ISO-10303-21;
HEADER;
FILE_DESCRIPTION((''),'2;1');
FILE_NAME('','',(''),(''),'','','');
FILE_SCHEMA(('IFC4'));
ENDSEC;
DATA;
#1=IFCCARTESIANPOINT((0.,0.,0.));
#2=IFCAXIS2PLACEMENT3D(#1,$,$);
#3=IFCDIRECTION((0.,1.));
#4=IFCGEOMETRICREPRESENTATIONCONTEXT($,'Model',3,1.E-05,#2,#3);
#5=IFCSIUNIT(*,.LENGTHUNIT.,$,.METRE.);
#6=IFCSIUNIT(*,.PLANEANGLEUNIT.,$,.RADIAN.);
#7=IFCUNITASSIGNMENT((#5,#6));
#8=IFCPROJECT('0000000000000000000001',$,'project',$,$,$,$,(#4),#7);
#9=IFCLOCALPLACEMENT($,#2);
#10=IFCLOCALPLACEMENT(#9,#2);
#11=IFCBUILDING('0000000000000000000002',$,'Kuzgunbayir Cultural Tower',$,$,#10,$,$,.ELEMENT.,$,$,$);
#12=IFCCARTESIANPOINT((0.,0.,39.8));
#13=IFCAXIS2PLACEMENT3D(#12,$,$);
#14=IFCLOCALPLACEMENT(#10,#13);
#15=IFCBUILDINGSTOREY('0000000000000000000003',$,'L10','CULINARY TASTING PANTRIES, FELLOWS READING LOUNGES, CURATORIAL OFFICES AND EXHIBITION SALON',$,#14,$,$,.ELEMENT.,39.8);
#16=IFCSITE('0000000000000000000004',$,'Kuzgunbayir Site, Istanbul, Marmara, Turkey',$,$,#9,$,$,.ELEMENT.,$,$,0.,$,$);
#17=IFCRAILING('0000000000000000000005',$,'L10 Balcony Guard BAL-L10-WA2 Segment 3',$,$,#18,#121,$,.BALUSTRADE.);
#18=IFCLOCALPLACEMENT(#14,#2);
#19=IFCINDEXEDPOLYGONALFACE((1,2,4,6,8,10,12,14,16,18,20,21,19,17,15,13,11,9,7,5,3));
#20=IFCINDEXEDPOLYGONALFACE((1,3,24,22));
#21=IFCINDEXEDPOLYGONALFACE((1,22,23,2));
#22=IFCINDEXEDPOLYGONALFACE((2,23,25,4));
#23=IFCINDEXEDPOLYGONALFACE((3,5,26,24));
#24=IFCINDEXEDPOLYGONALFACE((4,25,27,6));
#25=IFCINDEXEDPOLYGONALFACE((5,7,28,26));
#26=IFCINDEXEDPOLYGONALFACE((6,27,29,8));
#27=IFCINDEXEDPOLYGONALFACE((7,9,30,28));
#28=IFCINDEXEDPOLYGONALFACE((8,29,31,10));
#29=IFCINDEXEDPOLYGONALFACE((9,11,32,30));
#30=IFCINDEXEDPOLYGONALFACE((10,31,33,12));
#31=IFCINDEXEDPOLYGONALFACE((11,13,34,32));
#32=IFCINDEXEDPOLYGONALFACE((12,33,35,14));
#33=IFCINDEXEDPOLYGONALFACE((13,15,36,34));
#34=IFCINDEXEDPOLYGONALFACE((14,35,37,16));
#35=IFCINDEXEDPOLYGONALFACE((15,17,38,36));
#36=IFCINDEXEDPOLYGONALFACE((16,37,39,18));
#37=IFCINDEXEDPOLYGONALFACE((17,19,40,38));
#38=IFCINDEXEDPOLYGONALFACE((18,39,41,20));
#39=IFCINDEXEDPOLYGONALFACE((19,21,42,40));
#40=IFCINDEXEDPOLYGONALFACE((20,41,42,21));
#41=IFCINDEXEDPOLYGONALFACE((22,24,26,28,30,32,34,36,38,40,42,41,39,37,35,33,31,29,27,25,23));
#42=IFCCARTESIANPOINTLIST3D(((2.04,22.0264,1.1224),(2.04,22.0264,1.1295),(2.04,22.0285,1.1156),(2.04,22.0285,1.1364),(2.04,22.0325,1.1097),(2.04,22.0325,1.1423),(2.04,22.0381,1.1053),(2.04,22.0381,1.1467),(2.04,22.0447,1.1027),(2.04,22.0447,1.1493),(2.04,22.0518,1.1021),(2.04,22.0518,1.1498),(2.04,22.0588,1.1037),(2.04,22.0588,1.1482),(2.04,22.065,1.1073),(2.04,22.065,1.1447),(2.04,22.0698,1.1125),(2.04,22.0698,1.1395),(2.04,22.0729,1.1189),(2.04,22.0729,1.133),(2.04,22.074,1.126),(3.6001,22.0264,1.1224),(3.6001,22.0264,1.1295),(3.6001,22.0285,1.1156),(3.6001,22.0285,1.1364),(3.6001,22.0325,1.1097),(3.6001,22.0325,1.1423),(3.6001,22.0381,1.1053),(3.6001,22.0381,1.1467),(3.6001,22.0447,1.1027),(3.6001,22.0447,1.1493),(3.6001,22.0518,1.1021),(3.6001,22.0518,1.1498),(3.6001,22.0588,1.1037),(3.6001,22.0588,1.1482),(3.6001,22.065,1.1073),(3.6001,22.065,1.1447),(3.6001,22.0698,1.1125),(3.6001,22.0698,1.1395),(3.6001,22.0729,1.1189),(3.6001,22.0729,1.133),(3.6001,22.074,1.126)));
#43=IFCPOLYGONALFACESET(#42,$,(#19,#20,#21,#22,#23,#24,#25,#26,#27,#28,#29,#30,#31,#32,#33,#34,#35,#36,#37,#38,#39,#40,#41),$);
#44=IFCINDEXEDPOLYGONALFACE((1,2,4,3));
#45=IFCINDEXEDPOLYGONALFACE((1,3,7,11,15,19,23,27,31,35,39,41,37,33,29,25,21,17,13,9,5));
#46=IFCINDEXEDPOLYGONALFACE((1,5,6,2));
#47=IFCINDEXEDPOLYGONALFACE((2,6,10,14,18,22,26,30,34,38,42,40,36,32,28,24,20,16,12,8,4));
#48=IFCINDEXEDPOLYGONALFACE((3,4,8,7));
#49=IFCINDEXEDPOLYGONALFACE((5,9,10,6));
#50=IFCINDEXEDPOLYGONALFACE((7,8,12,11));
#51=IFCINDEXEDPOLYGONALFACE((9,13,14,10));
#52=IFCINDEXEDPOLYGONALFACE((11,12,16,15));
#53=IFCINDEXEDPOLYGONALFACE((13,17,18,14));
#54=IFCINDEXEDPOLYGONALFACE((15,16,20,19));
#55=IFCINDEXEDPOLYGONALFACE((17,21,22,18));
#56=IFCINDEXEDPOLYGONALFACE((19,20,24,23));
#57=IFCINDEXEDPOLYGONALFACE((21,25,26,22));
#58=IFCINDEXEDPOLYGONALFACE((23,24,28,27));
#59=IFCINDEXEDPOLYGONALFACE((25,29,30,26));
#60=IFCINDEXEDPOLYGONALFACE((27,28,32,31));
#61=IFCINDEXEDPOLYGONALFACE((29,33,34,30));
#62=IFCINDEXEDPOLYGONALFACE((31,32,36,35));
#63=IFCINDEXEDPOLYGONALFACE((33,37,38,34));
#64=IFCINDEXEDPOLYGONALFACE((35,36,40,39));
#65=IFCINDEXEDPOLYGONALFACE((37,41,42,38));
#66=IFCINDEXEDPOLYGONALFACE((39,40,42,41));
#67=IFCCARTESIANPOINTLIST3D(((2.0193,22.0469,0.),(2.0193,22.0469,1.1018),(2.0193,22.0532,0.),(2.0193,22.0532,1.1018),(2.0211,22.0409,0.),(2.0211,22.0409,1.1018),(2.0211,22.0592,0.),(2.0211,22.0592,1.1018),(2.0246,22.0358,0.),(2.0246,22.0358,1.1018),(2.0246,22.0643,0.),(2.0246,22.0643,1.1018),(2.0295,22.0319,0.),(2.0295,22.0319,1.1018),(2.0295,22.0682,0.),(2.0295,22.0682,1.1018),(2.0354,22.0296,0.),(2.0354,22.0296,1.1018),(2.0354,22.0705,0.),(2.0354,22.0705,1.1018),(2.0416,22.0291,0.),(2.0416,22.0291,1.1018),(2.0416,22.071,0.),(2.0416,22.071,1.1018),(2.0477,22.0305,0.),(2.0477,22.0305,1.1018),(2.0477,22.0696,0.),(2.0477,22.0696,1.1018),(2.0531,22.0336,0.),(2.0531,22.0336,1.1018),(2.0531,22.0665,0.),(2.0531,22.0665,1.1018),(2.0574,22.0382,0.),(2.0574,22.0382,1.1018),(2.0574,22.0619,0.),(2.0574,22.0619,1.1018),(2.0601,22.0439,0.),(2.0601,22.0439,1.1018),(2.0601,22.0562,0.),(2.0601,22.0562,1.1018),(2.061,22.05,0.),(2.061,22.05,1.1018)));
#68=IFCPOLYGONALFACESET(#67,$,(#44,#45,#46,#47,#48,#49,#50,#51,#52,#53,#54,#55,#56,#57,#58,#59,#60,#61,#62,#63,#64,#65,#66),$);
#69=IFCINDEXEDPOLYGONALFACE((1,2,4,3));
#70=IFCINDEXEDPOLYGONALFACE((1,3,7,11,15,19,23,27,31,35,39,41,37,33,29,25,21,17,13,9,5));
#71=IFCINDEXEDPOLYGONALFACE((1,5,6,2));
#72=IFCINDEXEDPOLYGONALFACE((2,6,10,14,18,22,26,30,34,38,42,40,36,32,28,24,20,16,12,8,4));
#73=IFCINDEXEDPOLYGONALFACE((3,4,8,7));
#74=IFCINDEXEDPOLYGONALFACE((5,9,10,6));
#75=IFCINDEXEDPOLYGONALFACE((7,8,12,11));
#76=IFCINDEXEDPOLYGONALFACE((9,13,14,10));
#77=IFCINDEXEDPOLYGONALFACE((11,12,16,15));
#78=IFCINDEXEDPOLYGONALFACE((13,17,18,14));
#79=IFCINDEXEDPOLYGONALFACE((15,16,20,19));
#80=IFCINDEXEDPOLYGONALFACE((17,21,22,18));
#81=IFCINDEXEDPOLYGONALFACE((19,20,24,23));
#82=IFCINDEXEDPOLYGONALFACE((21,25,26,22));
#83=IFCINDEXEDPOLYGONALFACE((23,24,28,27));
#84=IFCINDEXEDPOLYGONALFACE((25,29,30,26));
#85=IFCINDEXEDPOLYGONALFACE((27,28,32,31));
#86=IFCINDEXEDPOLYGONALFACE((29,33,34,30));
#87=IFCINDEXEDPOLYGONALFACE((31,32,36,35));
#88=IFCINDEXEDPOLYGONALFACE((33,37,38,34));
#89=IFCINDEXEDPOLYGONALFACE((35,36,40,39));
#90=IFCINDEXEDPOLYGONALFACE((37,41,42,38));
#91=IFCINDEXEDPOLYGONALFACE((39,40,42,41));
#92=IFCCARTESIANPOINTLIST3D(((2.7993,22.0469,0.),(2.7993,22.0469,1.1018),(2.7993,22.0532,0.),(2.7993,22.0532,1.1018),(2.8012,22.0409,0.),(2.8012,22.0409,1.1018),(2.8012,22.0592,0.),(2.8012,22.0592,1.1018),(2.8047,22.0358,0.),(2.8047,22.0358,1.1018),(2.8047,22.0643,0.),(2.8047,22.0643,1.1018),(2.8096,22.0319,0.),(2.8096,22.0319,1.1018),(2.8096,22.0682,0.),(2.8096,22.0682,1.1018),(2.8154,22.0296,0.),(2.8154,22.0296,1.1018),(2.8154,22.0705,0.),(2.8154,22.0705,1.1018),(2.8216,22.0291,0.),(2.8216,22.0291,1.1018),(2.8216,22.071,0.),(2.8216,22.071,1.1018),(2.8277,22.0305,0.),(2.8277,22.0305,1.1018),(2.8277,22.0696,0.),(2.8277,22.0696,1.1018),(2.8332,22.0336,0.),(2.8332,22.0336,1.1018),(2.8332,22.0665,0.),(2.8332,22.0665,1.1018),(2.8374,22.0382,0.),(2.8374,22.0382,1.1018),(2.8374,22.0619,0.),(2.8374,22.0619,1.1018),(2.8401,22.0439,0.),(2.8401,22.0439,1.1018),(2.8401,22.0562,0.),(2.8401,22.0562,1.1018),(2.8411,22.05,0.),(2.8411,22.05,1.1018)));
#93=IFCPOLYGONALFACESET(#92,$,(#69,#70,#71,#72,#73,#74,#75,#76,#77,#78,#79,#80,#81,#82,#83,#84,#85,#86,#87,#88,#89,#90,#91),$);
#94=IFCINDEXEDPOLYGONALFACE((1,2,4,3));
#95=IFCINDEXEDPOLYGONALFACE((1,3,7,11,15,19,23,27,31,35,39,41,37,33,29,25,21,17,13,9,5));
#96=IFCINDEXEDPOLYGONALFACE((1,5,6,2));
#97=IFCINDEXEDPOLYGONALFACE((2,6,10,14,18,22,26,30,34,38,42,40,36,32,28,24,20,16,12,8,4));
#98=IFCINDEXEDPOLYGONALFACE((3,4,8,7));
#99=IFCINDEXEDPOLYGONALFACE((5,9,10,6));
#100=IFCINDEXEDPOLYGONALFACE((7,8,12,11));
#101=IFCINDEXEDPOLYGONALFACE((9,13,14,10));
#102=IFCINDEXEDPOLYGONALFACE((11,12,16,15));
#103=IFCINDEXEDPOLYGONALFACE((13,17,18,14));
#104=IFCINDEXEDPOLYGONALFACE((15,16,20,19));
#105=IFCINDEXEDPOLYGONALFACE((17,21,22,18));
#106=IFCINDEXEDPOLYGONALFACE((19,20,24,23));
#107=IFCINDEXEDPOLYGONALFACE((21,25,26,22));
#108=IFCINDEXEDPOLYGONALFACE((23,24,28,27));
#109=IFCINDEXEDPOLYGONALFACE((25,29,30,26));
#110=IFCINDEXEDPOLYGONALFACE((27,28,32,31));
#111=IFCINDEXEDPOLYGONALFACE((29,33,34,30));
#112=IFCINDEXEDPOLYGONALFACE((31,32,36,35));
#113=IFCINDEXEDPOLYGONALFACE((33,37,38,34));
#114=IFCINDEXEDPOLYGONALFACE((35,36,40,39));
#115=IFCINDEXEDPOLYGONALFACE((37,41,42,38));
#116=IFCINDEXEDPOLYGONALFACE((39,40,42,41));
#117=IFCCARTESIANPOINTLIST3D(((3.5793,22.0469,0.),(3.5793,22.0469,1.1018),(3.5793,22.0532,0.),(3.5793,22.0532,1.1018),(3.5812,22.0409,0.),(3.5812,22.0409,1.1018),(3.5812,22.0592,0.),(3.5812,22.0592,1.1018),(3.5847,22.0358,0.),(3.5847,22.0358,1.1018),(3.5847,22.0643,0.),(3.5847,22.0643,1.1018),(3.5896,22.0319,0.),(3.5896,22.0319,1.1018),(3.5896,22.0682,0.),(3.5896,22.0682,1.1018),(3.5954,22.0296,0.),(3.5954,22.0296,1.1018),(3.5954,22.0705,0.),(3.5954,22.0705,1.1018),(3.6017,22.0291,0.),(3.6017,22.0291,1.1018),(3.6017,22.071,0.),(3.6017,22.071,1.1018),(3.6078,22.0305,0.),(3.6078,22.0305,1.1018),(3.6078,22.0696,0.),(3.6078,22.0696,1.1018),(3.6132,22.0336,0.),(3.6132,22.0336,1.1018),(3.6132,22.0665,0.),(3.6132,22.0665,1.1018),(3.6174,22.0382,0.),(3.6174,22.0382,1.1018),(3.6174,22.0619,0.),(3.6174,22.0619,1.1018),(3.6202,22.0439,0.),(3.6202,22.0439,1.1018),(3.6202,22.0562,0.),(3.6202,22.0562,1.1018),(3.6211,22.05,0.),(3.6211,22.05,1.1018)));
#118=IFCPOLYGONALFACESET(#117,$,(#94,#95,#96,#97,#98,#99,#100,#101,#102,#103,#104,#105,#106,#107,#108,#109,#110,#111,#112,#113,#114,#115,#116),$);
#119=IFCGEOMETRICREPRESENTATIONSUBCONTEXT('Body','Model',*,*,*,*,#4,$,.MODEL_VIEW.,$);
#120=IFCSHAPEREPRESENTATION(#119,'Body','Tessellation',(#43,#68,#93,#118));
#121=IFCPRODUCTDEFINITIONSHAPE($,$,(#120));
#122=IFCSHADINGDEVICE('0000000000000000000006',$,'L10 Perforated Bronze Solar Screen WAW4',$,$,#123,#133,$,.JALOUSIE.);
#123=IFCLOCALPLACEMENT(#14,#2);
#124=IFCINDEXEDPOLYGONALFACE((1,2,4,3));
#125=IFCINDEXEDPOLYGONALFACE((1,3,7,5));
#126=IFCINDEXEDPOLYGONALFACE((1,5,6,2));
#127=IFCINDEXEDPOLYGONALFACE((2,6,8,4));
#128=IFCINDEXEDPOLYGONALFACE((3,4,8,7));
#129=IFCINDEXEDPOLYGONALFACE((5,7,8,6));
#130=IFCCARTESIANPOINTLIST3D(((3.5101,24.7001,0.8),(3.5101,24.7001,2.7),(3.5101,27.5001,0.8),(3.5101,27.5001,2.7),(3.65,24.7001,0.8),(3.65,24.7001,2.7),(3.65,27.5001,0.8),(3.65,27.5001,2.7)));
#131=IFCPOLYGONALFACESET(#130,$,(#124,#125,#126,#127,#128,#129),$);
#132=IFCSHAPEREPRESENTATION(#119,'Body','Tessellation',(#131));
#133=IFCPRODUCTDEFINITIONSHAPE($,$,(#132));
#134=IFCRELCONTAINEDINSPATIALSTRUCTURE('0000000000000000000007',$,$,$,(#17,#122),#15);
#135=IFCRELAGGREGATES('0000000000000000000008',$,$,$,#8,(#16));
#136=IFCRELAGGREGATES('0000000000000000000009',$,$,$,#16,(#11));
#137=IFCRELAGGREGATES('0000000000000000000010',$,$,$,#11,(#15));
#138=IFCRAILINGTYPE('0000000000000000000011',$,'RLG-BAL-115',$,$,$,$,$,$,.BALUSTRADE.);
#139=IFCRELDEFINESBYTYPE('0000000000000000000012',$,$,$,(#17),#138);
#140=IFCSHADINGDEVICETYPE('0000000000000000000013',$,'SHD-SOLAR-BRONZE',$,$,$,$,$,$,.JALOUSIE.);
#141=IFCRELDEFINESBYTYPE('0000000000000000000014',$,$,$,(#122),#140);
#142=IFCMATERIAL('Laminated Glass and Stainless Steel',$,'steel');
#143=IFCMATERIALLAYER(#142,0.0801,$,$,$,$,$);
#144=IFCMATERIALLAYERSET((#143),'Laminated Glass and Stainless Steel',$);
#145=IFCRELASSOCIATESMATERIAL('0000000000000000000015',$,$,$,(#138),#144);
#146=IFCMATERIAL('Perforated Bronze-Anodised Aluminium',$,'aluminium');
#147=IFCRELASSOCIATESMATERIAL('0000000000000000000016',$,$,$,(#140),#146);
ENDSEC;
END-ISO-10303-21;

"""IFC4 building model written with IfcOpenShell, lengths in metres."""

from ifc_helpers import new_model, si_unit, direction, frame, origin, origin_2d, place, context, subcontext, project, spatial, rectangle, circle, extrude, material, layer, layer_set, type_object, element, save


model = new_model("IFC4")

# Units and contexts
model_context = context("Model", 3, precision=1e-05, world=origin(), true_north=direction((0.0, 1.0)))
body_context = subcontext(model_context, "Body", "Model", "MODEL_VIEW")
ifc_project = project(units=[si_unit("LENGTHUNIT", "METRE"), si_unit("PLANEANGLEUNIT", "RADIAN")], contexts=[model_context])

# Site, building, storey
site_placement = place(None, origin())
site = spatial("IfcSite", under=ifc_project, at=site_placement, Name="Kuzgunbayir Site, Istanbul, Marmara, Turkey", CompositionType="ELEMENT", RefElevation=0.0)
building_placement = place(site_placement, origin())
building = spatial("IfcBuilding", under=site, at=building_placement, Name="Kuzgunbayir Cultural Tower", CompositionType="ELEMENT")
storey_placement = place(building_placement, frame((0.0, 0.0, 39.8)))
storey = spatial("IfcBuildingStorey", under=building, at=storey_placement, Name="L10", Description="CULINARY TASTING PANTRIES, FELLOWS READING LOUNGES, CURATORIAL OFFICES AND EXHIBITION SALON", CompositionType="ELEMENT", Elevation=39.8)

# Railing
ifc_material_1 = material(Name="Laminated Glass and Stainless Steel", Category="steel")
ifc_layer_1 = layer(ifc_material_1, 0.0801)
ifc_layer_set_1 = layer_set([ifc_layer_1], Name="Laminated Glass and Stainless Steel")
railing_type = type_object("IfcRailingType", Name="RLG-BAL-115", PredefinedType="BALUSTRADE", material=ifc_layer_set_1)
railing_1_placement = place(storey_placement, frame((2.04, 22.05, 0.0)))
element("IfcRailing", 1, at=railing_1_placement, inside=storey, type_object=railing_type, Name="L10 Balcony Guard BAL-L10-WA2 Segment 3", PredefinedType="BALUSTRADE", context=body_context, shape_type="SweptSolid", body=[
    extrude(circle(Radius=0.0239, at=origin_2d()), frame((0.0, 0.0, 1.126), z_axis=(1.0, 0.0, 0.0), x_axis=(0.0, 1.0, 0.0)), (0.0, 0.0, 1.0), 1.5601),
    extrude(circle(Radius=0.021, at=origin_2d()), origin(), (0.0, 0.0, 1.0), 1.1018),
    extrude(circle(Radius=0.021, at=origin_2d()), frame((0.78, 0.0, 0.0)), (0.0, 0.0, 1.0), 1.1018),
    extrude(circle(Radius=0.021, at=origin_2d()), frame((1.5601, 0.0, 0.0)), (0.0, 0.0, 1.0), 1.1018),
])

# Shading device
ifc_material_2 = material(Name="Perforated Bronze-Anodised Aluminium", Category="aluminium")
shading_device_type = type_object("IfcShadingDeviceType", Name="SHD-SOLAR-BRONZE", PredefinedType="JALOUSIE", material=ifc_material_2)
shading_device_placement = place(storey_placement, frame((3.5801, 26.1001, 0.8), z_axis=(0.0, 0.0, 1.0), x_axis=(1.0, 0.0, 0.0)))
element("IfcShadingDevice", 2, at=shading_device_placement, inside=storey, type_object=shading_device_type, Name="L10 Perforated Bronze Solar Screen WAW4", PredefinedType="JALOUSIE", context=body_context, shape_type="SweptSolid", body=[
    extrude(rectangle(XDim=0.1399, YDim=2.8, at=origin_2d()), origin(), (0.0, 0.0, 1.0), 1.8999),
])

save(model, "model.ifc")
